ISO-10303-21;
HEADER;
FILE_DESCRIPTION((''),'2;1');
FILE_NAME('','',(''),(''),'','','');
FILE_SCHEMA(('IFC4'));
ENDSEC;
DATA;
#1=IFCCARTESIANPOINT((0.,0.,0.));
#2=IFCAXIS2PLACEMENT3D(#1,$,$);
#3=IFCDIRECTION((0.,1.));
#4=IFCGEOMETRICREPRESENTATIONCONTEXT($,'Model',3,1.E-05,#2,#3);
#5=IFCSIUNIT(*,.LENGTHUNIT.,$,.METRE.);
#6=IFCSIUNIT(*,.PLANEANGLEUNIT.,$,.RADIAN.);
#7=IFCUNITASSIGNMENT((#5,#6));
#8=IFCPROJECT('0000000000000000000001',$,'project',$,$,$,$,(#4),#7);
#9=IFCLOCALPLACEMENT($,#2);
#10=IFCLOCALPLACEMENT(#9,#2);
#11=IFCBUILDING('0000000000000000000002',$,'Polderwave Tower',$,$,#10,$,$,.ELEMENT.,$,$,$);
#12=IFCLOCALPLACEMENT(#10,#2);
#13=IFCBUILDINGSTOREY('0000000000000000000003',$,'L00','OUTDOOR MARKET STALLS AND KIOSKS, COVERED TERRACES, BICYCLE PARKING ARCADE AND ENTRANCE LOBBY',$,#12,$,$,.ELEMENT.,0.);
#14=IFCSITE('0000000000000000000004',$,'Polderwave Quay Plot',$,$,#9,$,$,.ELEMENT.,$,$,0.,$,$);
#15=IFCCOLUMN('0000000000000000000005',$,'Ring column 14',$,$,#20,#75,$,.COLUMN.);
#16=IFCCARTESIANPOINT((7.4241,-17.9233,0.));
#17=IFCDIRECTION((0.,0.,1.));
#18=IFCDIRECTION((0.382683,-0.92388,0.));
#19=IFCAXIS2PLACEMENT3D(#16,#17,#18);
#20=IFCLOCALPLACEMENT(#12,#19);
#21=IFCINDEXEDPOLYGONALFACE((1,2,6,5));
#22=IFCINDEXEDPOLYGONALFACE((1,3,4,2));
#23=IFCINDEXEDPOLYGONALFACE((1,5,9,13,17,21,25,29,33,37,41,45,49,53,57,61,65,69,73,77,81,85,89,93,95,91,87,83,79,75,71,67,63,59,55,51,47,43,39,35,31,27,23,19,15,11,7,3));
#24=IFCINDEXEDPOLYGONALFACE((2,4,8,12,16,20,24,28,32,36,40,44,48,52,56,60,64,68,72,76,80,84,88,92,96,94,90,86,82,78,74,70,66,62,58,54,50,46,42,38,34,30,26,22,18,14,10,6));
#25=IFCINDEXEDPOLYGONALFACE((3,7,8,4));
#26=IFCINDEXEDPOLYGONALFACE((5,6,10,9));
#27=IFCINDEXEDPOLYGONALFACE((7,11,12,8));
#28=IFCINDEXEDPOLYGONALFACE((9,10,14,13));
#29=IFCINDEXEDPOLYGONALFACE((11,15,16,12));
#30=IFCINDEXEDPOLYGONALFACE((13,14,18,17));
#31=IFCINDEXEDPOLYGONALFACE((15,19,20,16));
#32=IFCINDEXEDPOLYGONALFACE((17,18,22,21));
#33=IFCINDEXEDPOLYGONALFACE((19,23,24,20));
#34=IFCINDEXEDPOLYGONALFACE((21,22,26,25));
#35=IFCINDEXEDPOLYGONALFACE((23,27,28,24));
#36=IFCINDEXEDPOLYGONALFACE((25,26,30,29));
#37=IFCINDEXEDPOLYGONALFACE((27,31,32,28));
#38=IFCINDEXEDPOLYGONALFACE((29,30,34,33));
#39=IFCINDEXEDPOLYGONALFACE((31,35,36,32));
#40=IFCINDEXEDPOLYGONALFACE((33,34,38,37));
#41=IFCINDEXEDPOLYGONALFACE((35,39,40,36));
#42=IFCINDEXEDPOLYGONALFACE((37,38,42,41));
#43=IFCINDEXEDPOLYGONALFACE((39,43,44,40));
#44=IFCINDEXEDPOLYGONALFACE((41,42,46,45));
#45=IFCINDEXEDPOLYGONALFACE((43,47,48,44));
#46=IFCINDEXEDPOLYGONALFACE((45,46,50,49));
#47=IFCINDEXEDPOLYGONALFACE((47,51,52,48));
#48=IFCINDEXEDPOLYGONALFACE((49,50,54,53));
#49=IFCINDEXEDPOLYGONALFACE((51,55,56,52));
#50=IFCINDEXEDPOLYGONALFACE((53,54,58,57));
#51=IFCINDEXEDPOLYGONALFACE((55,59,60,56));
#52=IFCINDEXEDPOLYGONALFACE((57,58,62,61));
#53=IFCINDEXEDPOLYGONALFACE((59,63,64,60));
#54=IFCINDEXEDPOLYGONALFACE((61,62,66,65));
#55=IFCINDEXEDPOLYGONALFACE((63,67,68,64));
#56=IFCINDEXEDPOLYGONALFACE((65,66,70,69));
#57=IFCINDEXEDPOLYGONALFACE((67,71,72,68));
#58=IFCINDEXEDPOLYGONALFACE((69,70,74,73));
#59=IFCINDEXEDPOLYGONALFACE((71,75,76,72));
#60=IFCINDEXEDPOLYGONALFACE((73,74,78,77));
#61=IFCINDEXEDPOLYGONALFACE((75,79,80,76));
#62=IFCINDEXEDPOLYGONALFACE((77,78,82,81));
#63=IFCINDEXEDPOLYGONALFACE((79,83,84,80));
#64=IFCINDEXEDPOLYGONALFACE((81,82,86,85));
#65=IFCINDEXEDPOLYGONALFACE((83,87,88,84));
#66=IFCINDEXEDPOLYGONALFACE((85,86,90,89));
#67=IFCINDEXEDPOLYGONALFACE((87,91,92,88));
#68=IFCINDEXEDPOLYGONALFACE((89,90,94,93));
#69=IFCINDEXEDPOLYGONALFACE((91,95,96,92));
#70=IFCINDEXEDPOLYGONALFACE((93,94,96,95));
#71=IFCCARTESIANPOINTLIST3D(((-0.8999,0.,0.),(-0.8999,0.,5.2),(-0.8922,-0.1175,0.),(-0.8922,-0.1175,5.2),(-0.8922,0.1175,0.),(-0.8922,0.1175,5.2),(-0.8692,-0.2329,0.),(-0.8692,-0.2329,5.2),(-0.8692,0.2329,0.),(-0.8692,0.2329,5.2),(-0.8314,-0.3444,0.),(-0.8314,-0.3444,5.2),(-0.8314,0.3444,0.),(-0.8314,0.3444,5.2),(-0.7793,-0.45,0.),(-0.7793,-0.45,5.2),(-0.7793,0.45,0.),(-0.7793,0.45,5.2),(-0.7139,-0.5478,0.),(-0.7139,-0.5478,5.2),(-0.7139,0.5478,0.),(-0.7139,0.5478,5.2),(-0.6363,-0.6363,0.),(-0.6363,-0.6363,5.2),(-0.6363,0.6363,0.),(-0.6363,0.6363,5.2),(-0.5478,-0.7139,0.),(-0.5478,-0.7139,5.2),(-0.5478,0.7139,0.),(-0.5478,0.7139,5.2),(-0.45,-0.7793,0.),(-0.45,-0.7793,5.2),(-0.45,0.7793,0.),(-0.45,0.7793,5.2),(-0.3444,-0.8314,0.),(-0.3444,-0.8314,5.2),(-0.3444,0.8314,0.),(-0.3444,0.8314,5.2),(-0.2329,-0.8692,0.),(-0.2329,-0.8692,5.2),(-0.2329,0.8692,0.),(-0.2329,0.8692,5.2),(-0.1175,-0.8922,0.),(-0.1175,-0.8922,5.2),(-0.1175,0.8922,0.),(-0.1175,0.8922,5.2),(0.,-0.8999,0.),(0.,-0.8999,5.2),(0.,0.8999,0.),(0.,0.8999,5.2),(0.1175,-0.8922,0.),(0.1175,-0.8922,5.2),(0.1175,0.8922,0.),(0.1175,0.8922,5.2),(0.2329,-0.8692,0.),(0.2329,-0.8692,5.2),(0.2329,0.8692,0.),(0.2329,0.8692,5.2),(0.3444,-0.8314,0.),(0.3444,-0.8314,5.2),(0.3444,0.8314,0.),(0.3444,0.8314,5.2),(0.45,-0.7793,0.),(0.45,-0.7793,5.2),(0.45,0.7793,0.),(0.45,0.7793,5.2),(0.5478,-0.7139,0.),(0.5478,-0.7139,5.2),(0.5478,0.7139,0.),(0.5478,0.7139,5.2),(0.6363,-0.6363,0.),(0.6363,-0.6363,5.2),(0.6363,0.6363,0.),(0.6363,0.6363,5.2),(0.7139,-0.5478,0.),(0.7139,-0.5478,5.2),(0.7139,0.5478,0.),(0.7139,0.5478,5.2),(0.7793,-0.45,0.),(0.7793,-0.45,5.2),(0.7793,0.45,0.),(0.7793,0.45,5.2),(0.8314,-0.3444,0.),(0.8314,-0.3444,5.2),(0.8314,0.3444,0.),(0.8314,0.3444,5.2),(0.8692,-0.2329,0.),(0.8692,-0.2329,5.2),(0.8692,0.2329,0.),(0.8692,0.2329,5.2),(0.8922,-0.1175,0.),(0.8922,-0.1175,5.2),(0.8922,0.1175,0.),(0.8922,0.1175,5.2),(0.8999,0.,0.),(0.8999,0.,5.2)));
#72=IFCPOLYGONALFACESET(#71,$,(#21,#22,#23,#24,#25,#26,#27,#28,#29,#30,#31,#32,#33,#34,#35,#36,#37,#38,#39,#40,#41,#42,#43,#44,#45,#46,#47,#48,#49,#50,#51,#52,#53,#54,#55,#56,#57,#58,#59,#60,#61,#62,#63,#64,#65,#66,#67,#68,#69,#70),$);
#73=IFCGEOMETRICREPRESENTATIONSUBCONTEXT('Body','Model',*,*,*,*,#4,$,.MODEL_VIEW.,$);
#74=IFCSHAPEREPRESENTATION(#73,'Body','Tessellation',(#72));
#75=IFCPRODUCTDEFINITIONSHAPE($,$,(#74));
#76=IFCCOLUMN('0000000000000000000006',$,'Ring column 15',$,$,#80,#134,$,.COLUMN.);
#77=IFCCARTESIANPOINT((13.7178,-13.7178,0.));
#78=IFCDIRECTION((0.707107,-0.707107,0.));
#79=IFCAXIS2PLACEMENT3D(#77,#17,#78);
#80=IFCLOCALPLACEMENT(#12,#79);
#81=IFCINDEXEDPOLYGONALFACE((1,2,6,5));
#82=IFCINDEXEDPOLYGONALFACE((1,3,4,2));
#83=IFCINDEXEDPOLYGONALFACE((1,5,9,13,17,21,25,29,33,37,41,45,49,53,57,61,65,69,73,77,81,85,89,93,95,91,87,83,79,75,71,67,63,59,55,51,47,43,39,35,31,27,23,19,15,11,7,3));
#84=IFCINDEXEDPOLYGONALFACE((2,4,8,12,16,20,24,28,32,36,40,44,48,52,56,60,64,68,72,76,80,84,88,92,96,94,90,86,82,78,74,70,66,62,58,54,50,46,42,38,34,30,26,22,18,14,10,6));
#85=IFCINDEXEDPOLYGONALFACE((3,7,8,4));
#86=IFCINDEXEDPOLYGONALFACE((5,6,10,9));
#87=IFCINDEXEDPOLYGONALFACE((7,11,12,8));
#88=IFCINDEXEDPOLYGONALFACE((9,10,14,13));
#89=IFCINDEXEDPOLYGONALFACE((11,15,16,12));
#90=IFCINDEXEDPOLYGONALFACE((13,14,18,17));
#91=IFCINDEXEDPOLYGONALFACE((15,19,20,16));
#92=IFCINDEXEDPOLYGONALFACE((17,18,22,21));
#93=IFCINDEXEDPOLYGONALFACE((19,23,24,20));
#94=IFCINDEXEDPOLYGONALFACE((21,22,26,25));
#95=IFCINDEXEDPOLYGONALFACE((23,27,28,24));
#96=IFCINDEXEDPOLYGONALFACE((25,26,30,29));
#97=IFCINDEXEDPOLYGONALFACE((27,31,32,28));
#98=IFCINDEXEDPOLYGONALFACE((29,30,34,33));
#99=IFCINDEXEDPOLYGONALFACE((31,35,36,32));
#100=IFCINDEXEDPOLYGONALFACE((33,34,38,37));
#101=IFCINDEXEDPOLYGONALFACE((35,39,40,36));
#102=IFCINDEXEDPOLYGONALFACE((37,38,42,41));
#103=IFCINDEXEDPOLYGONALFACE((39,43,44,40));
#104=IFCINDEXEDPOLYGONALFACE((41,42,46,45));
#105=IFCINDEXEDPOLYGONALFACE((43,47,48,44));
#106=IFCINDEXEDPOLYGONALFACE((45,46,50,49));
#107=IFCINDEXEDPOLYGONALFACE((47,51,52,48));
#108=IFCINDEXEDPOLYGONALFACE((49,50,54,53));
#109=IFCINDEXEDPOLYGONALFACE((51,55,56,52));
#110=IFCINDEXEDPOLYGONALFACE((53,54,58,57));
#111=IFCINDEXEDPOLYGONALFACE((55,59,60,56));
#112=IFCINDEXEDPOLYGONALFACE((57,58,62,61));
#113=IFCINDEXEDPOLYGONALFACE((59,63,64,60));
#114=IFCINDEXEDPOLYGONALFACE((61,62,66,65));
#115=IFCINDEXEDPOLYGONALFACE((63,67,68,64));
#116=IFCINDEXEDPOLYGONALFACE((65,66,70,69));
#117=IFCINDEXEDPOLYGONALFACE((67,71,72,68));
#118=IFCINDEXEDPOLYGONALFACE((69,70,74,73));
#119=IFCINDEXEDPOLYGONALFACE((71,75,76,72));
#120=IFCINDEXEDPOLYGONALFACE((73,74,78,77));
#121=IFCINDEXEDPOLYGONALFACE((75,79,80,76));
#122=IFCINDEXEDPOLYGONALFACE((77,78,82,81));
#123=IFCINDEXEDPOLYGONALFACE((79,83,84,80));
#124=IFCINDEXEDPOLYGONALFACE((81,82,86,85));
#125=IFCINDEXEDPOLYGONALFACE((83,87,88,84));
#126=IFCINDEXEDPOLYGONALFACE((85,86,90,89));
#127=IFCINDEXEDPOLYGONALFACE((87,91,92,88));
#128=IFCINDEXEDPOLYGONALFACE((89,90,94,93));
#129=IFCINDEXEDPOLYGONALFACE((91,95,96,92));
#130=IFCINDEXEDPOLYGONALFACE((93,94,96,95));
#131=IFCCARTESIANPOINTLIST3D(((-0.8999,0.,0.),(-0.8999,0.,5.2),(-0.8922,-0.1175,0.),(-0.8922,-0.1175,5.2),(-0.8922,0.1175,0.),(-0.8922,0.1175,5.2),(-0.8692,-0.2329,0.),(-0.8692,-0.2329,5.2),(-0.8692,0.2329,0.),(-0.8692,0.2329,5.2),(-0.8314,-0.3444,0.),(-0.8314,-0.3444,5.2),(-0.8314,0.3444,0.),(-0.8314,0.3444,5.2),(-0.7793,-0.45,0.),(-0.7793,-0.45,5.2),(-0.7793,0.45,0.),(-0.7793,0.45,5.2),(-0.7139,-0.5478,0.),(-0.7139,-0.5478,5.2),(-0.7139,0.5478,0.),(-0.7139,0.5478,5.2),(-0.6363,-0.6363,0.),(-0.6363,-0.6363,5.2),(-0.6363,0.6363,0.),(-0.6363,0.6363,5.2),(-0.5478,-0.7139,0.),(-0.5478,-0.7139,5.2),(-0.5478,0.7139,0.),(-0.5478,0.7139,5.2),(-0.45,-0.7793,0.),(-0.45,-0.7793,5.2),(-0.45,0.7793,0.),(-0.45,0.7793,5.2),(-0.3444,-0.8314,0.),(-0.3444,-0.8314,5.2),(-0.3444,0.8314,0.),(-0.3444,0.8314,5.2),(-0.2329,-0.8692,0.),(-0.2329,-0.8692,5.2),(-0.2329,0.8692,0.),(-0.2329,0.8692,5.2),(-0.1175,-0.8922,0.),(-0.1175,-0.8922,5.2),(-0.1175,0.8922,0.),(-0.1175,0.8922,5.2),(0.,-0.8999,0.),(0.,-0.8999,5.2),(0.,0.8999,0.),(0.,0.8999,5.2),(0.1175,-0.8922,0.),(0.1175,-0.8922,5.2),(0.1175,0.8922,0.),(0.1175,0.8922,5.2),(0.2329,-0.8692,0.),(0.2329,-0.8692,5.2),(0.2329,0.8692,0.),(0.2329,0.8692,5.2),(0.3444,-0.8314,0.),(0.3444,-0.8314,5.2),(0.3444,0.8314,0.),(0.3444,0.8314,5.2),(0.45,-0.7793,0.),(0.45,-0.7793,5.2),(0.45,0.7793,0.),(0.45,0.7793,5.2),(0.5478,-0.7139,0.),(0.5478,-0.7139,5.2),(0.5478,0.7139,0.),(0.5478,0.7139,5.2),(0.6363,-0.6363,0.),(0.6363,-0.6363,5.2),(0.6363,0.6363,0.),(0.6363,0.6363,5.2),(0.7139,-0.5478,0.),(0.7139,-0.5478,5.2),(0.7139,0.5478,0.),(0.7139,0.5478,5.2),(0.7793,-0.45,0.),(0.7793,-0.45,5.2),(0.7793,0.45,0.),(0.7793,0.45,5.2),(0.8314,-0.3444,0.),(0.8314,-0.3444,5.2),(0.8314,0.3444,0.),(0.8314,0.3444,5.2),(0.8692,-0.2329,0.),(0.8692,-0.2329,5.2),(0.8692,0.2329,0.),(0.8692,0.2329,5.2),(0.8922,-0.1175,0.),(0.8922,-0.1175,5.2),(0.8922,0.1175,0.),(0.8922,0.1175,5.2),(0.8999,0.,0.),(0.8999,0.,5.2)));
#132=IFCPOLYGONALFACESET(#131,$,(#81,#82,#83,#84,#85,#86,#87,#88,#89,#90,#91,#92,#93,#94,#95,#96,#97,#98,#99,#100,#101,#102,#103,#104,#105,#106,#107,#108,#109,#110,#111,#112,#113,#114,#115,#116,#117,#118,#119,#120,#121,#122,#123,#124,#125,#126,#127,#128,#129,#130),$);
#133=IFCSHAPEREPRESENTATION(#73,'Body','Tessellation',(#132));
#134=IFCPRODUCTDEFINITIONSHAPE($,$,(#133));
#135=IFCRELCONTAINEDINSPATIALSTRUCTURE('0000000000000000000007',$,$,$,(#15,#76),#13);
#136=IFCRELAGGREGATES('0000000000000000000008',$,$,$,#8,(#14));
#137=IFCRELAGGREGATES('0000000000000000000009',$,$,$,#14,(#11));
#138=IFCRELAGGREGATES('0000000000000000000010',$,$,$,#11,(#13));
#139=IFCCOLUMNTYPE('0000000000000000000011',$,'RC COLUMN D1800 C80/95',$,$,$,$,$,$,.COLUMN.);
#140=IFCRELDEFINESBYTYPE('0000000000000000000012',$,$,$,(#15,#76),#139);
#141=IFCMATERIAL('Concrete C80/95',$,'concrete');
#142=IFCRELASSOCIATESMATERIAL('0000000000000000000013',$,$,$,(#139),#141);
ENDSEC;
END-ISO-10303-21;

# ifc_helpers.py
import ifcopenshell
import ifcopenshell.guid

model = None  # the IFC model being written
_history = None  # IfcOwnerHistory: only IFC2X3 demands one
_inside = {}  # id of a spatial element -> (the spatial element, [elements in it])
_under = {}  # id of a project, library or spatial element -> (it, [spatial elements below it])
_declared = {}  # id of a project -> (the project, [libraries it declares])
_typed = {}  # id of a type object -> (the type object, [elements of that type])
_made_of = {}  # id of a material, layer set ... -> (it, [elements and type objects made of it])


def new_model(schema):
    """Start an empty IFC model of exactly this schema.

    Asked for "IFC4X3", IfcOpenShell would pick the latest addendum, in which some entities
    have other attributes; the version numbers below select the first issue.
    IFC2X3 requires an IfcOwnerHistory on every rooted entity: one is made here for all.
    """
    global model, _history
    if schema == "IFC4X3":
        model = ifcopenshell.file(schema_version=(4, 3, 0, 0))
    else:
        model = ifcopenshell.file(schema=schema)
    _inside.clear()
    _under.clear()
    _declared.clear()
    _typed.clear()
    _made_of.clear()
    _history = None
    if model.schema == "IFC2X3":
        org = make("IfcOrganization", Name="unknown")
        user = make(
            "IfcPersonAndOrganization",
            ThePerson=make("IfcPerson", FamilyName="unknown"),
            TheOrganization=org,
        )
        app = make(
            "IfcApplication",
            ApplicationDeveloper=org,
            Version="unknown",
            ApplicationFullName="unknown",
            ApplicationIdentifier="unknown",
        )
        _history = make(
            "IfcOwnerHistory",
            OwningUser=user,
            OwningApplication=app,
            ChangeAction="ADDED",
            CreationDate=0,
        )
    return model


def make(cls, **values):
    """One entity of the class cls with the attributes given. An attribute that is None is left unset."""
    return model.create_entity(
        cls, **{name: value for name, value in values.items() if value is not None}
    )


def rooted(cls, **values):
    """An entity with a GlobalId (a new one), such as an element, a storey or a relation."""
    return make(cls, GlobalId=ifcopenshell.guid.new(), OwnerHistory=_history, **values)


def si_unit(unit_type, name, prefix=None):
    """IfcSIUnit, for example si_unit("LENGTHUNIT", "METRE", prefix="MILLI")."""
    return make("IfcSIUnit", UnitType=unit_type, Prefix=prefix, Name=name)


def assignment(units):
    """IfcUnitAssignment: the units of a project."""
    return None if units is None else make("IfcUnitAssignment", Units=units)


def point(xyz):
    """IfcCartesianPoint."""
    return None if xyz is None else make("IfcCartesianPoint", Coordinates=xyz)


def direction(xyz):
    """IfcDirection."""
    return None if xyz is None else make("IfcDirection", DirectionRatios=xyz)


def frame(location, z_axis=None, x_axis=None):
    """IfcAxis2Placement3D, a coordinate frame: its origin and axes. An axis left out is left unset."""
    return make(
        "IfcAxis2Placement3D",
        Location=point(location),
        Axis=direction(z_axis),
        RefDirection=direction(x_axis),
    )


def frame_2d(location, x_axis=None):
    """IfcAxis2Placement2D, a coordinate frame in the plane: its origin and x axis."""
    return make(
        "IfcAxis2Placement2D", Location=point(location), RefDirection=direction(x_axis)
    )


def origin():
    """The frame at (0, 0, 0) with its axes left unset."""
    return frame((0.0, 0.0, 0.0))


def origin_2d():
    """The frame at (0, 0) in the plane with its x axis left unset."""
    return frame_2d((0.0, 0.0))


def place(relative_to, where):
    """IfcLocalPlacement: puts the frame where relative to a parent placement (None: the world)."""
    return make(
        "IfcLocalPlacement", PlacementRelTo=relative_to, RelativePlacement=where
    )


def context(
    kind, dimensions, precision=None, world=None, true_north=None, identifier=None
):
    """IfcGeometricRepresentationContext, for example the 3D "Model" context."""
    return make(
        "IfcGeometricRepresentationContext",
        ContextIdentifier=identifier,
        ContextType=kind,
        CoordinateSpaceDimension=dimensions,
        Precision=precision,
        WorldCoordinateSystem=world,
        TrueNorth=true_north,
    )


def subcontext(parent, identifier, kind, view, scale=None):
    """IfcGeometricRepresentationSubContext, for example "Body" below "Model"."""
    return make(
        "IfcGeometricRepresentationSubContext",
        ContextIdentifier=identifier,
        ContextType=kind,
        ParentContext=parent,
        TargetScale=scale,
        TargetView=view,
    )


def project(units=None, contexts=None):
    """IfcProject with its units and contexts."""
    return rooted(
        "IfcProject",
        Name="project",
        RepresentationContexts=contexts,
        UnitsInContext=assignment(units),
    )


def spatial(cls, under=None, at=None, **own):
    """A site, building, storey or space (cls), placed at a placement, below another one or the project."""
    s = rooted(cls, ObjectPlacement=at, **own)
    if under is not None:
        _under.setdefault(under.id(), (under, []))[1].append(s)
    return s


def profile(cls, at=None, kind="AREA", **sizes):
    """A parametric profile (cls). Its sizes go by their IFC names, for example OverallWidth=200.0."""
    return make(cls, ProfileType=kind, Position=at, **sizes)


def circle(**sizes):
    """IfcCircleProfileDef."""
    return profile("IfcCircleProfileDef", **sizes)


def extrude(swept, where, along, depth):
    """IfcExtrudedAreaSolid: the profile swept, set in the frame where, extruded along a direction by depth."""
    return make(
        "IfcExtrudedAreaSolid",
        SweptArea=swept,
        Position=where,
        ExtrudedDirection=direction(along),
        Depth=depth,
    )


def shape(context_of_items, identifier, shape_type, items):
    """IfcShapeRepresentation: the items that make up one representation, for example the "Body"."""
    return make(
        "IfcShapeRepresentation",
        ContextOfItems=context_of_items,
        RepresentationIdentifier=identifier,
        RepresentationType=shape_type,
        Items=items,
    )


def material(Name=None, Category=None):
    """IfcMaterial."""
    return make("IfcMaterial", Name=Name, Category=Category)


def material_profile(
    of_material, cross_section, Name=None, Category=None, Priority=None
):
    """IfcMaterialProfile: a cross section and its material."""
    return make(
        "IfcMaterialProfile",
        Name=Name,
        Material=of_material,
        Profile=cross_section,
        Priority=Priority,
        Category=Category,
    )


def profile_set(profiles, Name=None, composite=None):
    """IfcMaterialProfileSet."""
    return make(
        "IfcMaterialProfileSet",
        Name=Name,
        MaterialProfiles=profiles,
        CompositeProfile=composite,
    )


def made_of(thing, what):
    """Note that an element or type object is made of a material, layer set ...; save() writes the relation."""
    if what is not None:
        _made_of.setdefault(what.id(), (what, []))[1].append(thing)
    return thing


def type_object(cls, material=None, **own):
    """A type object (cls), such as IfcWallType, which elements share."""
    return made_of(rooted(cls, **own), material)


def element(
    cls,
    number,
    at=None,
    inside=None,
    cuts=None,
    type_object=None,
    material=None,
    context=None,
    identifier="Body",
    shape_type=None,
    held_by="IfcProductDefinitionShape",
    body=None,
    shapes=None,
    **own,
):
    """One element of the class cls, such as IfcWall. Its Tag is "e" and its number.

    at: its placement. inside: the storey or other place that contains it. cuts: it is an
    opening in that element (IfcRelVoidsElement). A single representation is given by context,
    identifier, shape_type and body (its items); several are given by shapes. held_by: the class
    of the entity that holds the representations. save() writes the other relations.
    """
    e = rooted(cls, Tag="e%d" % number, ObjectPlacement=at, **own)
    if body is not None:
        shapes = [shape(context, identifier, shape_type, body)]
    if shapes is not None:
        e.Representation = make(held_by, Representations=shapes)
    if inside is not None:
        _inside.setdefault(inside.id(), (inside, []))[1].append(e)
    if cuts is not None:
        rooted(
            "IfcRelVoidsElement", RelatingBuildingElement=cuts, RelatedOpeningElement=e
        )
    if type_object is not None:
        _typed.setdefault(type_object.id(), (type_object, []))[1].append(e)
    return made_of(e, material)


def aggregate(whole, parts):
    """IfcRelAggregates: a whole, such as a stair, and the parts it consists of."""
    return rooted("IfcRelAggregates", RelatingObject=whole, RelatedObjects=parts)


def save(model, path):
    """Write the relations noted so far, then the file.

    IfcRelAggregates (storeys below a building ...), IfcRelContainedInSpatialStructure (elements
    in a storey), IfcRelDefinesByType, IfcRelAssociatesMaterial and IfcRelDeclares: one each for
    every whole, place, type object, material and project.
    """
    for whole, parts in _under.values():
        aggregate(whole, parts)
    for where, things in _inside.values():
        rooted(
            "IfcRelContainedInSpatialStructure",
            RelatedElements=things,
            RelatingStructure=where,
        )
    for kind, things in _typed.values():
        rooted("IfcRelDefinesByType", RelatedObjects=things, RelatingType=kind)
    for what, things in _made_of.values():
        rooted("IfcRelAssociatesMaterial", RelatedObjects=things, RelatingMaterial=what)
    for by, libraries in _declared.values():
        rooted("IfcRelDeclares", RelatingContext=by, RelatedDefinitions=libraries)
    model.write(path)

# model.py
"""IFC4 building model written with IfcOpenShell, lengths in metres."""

from ifc_helpers import new_model, si_unit, direction, frame, origin, origin_2d, place, context, subcontext, project, spatial, circle, extrude, material, material_profile, profile_set, type_object, element, save


model = new_model("IFC4")

# Units and contexts
model_context = context("Model", 3, precision=1e-05, world=origin(), true_north=direction((0.0, 1.0)))
body_context = subcontext(model_context, "Body", "Model", "MODEL_VIEW")
ifc_project = project(units=[si_unit("LENGTHUNIT", "METRE"), si_unit("PLANEANGLEUNIT", "RADIAN")], contexts=[model_context])

# Site, building, storey
site_placement = place(None, origin())
site = spatial("IfcSite", under=ifc_project, at=site_placement, Name="Polderwave Quay Plot", CompositionType="ELEMENT", RefElevation=0.0)
building_placement = place(site_placement, origin())
building = spatial("IfcBuilding", under=site, at=building_placement, Name="Polderwave Tower", CompositionType="ELEMENT")
storey_placement = place(building_placement, origin())
storey = spatial("IfcBuildingStorey", under=building, at=storey_placement, Name="L00", Description="OUTDOOR MARKET STALLS AND KIOSKS, COVERED TERRACES, BICYCLE PARKING ARCADE AND ENTRANCE LOBBY", CompositionType="ELEMENT", Elevation=0.0)

# Columns
ifc_material_1 = material(Name="Concrete C80/95", Category="concrete")
ifc_material_profile_1 = material_profile(ifc_material_1, circle(Radius=0.8999, at=origin_2d()), Name="RC D1800")
ifc_profile_set_1 = profile_set([ifc_material_profile_1], Name="Concrete C80/95")
column_type = type_object("IfcColumnType", Name="RC COLUMN D1800 C80/95", PredefinedType="COLUMN", material=ifc_profile_set_1)
for number, where, z_axis, x_axis, name in (
    (1, (7.4241, -17.9233, 0.0), (0.0, 0.0, 1.0), (0.382683, -0.92388, 0.0), "Ring column 14"),
    (2, (13.7178, -13.7178, 0.0), (0.0, 0.0, 1.0), (0.707107, -0.707107, 0.0), "Ring column 15"),
):
    element("IfcColumn", number, at=place(storey_placement, frame(where, z_axis=z_axis, x_axis=x_axis)), inside=storey, type_object=column_type, Name=name, PredefinedType="COLUMN", context=body_context, shape_type="SweptSolid", body=[
        extrude(circle(Radius=0.8999, at=origin_2d()), origin(), (0.0, 0.0, 1.0), 5.2),
    ])

save(model, "model.ifc")
